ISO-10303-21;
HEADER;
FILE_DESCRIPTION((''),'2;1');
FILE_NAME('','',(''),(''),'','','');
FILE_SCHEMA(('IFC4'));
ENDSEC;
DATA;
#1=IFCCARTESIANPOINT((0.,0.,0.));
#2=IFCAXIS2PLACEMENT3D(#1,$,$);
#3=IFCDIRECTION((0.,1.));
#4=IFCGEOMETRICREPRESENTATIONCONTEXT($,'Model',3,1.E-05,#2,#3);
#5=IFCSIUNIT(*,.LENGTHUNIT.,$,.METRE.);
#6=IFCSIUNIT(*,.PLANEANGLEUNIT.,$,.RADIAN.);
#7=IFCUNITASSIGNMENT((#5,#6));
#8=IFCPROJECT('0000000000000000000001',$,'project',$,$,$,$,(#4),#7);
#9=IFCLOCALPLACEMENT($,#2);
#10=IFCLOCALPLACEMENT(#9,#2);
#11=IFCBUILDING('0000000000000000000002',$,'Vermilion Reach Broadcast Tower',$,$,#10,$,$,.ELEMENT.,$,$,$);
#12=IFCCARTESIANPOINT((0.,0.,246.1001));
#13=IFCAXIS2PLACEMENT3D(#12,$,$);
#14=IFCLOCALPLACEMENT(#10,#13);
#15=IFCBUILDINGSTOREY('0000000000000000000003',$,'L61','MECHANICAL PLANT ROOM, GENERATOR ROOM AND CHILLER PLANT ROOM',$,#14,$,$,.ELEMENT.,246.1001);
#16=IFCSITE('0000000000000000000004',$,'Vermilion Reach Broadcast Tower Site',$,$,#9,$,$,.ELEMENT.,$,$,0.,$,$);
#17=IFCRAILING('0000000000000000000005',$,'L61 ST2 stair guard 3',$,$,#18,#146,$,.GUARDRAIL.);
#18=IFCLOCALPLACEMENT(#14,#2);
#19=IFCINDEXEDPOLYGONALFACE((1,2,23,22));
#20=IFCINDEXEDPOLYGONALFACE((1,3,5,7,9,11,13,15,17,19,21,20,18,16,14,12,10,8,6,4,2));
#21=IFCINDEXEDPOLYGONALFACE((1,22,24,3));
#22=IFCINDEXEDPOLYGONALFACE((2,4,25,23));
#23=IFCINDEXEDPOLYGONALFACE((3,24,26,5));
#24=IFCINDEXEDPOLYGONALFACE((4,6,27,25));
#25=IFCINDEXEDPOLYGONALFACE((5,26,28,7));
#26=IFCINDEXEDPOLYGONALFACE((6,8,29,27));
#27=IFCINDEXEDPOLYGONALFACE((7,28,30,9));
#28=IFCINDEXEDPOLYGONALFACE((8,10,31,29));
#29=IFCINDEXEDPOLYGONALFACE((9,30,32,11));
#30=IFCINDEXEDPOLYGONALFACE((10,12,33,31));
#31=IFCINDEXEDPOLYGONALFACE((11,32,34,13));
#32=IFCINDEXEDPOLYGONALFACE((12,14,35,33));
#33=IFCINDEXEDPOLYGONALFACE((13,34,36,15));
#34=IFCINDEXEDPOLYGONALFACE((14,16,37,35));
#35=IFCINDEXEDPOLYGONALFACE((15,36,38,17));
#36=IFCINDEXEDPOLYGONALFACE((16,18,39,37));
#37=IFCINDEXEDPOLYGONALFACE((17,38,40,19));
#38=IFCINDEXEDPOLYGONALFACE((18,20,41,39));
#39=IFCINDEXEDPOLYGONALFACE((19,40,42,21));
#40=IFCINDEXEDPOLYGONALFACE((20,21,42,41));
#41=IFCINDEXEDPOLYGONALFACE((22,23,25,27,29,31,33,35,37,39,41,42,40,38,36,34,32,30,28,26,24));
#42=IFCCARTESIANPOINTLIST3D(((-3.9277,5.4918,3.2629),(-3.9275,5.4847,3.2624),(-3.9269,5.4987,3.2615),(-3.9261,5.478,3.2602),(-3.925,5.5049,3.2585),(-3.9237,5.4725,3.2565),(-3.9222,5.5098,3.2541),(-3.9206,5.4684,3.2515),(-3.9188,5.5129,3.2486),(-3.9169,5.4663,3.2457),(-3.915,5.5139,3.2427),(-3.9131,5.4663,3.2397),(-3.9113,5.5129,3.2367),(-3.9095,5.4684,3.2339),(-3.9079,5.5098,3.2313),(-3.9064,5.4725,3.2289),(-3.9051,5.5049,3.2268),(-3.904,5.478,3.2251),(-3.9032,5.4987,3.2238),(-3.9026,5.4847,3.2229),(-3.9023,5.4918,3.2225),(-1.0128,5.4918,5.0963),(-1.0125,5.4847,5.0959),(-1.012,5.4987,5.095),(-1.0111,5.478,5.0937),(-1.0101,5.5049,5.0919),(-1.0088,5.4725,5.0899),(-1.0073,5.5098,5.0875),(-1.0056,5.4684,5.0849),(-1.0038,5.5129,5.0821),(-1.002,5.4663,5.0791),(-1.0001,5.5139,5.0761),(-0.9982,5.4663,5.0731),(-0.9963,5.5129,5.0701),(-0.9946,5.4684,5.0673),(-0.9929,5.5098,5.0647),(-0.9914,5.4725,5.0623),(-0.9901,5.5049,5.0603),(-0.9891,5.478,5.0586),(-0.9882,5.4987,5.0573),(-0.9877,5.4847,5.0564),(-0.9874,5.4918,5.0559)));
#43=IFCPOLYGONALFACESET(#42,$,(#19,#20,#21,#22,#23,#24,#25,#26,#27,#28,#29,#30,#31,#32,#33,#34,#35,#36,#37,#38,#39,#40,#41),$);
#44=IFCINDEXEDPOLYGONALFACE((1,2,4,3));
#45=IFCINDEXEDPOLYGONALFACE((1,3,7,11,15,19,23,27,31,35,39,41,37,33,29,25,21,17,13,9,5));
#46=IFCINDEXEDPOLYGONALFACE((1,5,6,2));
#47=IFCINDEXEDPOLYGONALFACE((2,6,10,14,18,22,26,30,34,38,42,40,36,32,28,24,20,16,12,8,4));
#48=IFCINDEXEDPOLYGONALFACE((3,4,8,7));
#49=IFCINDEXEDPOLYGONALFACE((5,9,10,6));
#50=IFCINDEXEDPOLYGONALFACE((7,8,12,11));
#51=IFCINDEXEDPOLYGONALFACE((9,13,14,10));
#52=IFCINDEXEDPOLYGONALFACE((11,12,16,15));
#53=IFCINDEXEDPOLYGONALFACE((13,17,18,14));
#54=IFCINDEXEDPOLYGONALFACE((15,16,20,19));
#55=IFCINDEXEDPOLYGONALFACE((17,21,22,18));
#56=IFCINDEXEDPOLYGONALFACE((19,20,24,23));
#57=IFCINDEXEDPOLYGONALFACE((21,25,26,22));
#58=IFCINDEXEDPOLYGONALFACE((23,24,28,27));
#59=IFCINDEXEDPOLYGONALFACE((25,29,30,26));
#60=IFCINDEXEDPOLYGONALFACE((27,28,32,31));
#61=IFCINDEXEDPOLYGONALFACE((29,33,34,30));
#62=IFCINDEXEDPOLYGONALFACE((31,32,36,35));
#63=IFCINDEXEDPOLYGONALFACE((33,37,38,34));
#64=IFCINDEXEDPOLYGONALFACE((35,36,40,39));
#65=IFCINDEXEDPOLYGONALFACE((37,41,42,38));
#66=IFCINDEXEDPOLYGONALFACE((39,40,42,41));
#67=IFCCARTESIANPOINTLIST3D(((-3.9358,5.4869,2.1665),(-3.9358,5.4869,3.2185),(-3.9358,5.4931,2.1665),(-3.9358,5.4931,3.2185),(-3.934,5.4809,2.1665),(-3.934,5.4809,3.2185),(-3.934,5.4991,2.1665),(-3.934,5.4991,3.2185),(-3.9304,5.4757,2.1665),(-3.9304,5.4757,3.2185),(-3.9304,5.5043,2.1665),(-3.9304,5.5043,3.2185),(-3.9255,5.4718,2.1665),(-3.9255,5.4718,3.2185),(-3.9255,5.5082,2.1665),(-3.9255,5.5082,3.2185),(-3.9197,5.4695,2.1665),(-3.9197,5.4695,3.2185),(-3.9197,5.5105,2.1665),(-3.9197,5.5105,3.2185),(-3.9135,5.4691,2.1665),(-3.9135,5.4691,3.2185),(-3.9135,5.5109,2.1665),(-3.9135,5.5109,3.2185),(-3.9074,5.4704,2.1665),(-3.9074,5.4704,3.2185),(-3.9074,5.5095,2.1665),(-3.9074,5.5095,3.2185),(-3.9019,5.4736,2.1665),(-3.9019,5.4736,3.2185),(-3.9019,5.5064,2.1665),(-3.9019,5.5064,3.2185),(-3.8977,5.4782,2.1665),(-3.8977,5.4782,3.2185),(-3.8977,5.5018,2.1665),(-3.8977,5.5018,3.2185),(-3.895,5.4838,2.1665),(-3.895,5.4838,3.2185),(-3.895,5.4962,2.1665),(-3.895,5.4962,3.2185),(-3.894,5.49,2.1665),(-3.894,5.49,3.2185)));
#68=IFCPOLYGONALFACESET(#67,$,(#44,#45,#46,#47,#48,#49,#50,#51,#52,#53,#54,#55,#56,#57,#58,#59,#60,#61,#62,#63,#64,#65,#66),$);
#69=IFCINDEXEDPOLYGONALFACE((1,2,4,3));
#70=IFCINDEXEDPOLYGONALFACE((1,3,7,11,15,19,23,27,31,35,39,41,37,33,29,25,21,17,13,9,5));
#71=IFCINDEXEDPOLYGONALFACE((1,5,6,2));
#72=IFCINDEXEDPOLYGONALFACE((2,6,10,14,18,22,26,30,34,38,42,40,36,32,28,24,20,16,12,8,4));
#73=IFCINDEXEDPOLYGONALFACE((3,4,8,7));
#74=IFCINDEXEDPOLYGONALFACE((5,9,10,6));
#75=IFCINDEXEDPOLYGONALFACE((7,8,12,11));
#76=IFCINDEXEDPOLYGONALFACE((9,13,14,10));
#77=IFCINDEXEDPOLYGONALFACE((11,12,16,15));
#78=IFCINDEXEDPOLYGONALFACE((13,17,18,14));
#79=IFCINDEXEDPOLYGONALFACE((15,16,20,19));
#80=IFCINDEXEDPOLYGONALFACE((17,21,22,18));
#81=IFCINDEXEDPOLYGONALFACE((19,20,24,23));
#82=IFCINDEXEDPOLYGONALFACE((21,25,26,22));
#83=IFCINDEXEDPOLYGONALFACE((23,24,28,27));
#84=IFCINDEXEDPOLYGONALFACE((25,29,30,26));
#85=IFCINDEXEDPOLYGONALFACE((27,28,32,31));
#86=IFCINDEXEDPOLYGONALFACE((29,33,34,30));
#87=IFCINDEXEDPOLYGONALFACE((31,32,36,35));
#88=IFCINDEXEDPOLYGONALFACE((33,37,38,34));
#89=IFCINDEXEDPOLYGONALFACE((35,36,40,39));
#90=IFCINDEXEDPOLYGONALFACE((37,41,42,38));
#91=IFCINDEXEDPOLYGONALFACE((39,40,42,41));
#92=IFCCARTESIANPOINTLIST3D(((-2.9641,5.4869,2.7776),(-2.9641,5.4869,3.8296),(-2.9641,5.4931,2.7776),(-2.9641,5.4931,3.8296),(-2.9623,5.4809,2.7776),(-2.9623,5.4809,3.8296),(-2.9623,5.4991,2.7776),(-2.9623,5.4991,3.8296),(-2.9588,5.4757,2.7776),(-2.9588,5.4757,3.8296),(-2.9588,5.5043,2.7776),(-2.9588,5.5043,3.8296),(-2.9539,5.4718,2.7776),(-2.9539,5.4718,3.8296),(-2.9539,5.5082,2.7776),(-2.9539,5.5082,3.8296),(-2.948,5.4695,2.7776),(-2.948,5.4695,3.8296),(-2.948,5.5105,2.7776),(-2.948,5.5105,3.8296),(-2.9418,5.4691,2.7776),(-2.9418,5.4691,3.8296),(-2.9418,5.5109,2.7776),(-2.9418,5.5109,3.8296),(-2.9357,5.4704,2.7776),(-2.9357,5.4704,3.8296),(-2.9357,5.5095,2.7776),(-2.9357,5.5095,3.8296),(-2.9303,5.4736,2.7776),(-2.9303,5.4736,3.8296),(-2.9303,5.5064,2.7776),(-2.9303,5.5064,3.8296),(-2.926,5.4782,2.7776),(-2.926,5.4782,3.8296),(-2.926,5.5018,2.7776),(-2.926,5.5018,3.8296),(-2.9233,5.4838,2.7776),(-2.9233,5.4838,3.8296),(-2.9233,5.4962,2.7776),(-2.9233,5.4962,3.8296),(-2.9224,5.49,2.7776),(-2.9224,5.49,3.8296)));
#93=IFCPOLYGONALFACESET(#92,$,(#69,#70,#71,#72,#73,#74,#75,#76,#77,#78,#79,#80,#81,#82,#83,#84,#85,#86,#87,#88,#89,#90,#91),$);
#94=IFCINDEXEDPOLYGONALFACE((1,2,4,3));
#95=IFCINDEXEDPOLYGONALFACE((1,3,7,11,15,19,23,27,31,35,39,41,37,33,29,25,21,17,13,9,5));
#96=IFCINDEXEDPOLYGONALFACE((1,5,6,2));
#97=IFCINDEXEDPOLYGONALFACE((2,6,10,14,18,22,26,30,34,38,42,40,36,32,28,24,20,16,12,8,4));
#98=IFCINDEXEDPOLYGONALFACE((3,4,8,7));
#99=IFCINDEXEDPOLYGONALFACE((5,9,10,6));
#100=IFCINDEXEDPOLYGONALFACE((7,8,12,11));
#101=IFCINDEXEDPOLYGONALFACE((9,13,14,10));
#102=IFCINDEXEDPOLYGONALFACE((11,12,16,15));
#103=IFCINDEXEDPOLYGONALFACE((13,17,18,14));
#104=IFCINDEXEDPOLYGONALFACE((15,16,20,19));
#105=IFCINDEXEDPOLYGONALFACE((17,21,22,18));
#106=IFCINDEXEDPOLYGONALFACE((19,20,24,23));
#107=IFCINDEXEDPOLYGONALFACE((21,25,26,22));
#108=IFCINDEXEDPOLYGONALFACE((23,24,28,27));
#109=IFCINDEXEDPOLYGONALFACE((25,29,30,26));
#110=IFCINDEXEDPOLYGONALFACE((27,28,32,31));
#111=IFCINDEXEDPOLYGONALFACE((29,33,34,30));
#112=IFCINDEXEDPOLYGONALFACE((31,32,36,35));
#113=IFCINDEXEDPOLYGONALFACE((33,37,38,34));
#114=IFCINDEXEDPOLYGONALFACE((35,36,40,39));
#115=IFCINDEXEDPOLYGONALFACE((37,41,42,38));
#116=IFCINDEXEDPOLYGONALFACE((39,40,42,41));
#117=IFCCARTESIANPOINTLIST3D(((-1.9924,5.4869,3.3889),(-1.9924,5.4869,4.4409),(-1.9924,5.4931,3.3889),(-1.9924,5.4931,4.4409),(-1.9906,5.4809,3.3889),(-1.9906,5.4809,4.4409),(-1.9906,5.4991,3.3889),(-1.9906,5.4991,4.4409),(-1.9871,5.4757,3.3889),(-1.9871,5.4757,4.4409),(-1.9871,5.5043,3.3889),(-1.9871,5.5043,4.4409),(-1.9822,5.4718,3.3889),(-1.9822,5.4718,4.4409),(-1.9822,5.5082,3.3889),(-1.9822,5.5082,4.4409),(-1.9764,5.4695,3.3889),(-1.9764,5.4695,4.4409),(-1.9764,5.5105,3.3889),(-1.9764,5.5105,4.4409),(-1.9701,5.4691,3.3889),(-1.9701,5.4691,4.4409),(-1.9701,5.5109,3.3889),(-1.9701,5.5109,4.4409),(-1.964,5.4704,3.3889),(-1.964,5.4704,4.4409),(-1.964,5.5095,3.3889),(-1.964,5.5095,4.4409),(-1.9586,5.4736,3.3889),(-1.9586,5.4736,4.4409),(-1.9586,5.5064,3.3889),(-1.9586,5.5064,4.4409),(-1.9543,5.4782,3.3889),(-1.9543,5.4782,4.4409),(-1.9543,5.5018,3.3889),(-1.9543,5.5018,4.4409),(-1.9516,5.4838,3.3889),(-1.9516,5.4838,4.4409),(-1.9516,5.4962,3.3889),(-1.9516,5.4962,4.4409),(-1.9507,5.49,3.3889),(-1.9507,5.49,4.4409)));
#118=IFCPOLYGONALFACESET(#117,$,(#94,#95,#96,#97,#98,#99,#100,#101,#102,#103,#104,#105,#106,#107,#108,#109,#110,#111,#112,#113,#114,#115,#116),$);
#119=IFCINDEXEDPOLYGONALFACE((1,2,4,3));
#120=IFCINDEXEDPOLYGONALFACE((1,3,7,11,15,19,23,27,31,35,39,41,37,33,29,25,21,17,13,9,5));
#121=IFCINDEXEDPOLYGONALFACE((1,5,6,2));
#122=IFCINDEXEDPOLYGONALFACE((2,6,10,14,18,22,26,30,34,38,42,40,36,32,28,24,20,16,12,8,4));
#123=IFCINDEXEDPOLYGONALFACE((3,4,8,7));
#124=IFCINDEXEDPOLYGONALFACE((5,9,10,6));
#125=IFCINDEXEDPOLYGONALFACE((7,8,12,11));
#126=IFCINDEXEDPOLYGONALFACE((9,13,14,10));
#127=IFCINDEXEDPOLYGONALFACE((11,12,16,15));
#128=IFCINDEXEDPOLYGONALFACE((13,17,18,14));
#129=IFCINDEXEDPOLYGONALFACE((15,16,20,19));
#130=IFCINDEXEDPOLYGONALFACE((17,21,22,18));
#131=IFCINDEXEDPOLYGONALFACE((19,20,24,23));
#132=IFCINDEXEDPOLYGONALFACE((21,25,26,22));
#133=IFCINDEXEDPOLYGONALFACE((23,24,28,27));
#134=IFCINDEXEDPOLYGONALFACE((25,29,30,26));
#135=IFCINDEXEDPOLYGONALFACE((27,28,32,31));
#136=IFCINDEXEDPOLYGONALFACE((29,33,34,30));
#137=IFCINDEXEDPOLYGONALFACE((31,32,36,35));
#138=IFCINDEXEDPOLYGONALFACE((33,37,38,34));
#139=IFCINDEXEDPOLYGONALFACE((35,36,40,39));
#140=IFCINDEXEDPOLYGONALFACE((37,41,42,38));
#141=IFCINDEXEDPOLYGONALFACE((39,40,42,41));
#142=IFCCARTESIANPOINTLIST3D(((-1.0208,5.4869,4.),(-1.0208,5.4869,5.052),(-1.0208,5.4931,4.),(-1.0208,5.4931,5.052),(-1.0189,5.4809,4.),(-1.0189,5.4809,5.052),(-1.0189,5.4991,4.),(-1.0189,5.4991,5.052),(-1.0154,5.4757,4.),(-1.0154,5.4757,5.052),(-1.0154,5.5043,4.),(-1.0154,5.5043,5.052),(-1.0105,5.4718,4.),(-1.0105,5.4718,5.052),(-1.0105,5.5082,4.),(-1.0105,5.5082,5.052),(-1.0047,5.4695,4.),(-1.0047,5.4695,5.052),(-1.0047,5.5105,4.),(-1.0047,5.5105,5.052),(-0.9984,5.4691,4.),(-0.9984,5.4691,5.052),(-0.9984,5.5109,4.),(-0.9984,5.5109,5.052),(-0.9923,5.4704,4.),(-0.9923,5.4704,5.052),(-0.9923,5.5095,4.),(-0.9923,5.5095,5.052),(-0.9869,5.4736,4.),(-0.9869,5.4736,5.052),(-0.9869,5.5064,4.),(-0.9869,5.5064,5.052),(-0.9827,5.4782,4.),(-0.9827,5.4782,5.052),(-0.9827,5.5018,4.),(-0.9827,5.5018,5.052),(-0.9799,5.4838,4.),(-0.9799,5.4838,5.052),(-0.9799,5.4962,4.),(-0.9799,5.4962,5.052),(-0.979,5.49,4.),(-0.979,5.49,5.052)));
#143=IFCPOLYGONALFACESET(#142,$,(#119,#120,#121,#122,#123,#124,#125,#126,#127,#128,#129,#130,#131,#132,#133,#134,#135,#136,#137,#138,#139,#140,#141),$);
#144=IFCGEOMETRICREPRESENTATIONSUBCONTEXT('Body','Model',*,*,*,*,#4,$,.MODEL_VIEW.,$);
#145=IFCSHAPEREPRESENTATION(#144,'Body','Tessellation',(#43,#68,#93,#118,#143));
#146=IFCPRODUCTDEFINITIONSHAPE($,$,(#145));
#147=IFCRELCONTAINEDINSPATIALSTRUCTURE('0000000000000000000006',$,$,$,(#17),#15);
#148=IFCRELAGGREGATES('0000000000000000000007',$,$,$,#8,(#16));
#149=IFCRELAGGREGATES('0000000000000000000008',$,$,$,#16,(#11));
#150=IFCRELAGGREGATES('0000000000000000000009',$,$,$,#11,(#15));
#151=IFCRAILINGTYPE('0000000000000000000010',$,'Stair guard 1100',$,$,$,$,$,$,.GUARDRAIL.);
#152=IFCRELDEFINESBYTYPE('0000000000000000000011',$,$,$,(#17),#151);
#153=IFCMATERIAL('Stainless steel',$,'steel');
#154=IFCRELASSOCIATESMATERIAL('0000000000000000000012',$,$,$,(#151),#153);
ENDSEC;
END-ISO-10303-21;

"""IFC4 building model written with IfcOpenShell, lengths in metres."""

from ifc_helpers import new_model, si_unit, direction, frame, origin, origin_2d, place, context, subcontext, project, spatial, circle, extrude, material, type_object, element, save


model = new_model("IFC4")

# Units and contexts
model_context = context("Model", 3, precision=1e-05, world=origin(), true_north=direction((0.0, 1.0)))
body_context = subcontext(model_context, "Body", "Model", "MODEL_VIEW")
ifc_project = project(units=[si_unit("LENGTHUNIT", "METRE"), si_unit("PLANEANGLEUNIT", "RADIAN")], contexts=[model_context])

# Site, building, storey
site_placement = place(None, origin())
site = spatial("IfcSite", under=ifc_project, at=site_placement, Name="Vermilion Reach Broadcast Tower Site", CompositionType="ELEMENT", RefElevation=0.0)
building_placement = place(site_placement, origin())
building = spatial("IfcBuilding", under=site, at=building_placement, Name="Vermilion Reach Broadcast Tower", CompositionType="ELEMENT")
storey_placement = place(building_placement, frame((0.0, 0.0, 246.1001)))
storey = spatial("IfcBuildingStorey", under=building, at=storey_placement, Name="L61", Description="MECHANICAL PLANT ROOM, GENERATOR ROOM AND CHILLER PLANT ROOM", CompositionType="ELEMENT", Elevation=246.1001)

# Railing
ifc_material_1 = material(Name="Stainless steel", Category="steel")
railing_type_1 = type_object("IfcRailingType", Name="Stair guard 1100", PredefinedType="GUARDRAIL", material=ifc_material_1)
railing_1_placement = place(storey_placement, frame((-3.915, 5.49, 2.1665)))
element("IfcRailing", 1, at=railing_1_placement, inside=storey, type_object=railing_type_1, Name="L61 ST2 stair guard 3", PredefinedType="GUARDRAIL", context=body_context, shape_type="SweptSolid", body=[
    extrude(circle(Radius=0.0239, at=origin_2d()), frame((0.0, 0.0, 1.0762), z_axis=(0.846481, 0.0, 0.532418), x_axis=(0.0, 1.0, 0.0)), (0.0, 0.0, 1.0), 3.4436),
    extrude(circle(Radius=0.021, at=origin_2d()), origin(), (0.0, 0.0, 1.0), 1.052),
    extrude(circle(Radius=0.021, at=origin_2d()), frame((0.9717, 0.0, 0.6111)), (0.0, 0.0, 1.0), 1.052),
    extrude(circle(Radius=0.021, at=origin_2d()), frame((1.9434, 0.0, 1.2224)), (0.0, 0.0, 1.0), 1.052),
    extrude(circle(Radius=0.021, at=origin_2d()), frame((2.915, 0.0, 1.8335)), (0.0, 0.0, 1.0), 1.052),
])

save(model, "model.ifc")
